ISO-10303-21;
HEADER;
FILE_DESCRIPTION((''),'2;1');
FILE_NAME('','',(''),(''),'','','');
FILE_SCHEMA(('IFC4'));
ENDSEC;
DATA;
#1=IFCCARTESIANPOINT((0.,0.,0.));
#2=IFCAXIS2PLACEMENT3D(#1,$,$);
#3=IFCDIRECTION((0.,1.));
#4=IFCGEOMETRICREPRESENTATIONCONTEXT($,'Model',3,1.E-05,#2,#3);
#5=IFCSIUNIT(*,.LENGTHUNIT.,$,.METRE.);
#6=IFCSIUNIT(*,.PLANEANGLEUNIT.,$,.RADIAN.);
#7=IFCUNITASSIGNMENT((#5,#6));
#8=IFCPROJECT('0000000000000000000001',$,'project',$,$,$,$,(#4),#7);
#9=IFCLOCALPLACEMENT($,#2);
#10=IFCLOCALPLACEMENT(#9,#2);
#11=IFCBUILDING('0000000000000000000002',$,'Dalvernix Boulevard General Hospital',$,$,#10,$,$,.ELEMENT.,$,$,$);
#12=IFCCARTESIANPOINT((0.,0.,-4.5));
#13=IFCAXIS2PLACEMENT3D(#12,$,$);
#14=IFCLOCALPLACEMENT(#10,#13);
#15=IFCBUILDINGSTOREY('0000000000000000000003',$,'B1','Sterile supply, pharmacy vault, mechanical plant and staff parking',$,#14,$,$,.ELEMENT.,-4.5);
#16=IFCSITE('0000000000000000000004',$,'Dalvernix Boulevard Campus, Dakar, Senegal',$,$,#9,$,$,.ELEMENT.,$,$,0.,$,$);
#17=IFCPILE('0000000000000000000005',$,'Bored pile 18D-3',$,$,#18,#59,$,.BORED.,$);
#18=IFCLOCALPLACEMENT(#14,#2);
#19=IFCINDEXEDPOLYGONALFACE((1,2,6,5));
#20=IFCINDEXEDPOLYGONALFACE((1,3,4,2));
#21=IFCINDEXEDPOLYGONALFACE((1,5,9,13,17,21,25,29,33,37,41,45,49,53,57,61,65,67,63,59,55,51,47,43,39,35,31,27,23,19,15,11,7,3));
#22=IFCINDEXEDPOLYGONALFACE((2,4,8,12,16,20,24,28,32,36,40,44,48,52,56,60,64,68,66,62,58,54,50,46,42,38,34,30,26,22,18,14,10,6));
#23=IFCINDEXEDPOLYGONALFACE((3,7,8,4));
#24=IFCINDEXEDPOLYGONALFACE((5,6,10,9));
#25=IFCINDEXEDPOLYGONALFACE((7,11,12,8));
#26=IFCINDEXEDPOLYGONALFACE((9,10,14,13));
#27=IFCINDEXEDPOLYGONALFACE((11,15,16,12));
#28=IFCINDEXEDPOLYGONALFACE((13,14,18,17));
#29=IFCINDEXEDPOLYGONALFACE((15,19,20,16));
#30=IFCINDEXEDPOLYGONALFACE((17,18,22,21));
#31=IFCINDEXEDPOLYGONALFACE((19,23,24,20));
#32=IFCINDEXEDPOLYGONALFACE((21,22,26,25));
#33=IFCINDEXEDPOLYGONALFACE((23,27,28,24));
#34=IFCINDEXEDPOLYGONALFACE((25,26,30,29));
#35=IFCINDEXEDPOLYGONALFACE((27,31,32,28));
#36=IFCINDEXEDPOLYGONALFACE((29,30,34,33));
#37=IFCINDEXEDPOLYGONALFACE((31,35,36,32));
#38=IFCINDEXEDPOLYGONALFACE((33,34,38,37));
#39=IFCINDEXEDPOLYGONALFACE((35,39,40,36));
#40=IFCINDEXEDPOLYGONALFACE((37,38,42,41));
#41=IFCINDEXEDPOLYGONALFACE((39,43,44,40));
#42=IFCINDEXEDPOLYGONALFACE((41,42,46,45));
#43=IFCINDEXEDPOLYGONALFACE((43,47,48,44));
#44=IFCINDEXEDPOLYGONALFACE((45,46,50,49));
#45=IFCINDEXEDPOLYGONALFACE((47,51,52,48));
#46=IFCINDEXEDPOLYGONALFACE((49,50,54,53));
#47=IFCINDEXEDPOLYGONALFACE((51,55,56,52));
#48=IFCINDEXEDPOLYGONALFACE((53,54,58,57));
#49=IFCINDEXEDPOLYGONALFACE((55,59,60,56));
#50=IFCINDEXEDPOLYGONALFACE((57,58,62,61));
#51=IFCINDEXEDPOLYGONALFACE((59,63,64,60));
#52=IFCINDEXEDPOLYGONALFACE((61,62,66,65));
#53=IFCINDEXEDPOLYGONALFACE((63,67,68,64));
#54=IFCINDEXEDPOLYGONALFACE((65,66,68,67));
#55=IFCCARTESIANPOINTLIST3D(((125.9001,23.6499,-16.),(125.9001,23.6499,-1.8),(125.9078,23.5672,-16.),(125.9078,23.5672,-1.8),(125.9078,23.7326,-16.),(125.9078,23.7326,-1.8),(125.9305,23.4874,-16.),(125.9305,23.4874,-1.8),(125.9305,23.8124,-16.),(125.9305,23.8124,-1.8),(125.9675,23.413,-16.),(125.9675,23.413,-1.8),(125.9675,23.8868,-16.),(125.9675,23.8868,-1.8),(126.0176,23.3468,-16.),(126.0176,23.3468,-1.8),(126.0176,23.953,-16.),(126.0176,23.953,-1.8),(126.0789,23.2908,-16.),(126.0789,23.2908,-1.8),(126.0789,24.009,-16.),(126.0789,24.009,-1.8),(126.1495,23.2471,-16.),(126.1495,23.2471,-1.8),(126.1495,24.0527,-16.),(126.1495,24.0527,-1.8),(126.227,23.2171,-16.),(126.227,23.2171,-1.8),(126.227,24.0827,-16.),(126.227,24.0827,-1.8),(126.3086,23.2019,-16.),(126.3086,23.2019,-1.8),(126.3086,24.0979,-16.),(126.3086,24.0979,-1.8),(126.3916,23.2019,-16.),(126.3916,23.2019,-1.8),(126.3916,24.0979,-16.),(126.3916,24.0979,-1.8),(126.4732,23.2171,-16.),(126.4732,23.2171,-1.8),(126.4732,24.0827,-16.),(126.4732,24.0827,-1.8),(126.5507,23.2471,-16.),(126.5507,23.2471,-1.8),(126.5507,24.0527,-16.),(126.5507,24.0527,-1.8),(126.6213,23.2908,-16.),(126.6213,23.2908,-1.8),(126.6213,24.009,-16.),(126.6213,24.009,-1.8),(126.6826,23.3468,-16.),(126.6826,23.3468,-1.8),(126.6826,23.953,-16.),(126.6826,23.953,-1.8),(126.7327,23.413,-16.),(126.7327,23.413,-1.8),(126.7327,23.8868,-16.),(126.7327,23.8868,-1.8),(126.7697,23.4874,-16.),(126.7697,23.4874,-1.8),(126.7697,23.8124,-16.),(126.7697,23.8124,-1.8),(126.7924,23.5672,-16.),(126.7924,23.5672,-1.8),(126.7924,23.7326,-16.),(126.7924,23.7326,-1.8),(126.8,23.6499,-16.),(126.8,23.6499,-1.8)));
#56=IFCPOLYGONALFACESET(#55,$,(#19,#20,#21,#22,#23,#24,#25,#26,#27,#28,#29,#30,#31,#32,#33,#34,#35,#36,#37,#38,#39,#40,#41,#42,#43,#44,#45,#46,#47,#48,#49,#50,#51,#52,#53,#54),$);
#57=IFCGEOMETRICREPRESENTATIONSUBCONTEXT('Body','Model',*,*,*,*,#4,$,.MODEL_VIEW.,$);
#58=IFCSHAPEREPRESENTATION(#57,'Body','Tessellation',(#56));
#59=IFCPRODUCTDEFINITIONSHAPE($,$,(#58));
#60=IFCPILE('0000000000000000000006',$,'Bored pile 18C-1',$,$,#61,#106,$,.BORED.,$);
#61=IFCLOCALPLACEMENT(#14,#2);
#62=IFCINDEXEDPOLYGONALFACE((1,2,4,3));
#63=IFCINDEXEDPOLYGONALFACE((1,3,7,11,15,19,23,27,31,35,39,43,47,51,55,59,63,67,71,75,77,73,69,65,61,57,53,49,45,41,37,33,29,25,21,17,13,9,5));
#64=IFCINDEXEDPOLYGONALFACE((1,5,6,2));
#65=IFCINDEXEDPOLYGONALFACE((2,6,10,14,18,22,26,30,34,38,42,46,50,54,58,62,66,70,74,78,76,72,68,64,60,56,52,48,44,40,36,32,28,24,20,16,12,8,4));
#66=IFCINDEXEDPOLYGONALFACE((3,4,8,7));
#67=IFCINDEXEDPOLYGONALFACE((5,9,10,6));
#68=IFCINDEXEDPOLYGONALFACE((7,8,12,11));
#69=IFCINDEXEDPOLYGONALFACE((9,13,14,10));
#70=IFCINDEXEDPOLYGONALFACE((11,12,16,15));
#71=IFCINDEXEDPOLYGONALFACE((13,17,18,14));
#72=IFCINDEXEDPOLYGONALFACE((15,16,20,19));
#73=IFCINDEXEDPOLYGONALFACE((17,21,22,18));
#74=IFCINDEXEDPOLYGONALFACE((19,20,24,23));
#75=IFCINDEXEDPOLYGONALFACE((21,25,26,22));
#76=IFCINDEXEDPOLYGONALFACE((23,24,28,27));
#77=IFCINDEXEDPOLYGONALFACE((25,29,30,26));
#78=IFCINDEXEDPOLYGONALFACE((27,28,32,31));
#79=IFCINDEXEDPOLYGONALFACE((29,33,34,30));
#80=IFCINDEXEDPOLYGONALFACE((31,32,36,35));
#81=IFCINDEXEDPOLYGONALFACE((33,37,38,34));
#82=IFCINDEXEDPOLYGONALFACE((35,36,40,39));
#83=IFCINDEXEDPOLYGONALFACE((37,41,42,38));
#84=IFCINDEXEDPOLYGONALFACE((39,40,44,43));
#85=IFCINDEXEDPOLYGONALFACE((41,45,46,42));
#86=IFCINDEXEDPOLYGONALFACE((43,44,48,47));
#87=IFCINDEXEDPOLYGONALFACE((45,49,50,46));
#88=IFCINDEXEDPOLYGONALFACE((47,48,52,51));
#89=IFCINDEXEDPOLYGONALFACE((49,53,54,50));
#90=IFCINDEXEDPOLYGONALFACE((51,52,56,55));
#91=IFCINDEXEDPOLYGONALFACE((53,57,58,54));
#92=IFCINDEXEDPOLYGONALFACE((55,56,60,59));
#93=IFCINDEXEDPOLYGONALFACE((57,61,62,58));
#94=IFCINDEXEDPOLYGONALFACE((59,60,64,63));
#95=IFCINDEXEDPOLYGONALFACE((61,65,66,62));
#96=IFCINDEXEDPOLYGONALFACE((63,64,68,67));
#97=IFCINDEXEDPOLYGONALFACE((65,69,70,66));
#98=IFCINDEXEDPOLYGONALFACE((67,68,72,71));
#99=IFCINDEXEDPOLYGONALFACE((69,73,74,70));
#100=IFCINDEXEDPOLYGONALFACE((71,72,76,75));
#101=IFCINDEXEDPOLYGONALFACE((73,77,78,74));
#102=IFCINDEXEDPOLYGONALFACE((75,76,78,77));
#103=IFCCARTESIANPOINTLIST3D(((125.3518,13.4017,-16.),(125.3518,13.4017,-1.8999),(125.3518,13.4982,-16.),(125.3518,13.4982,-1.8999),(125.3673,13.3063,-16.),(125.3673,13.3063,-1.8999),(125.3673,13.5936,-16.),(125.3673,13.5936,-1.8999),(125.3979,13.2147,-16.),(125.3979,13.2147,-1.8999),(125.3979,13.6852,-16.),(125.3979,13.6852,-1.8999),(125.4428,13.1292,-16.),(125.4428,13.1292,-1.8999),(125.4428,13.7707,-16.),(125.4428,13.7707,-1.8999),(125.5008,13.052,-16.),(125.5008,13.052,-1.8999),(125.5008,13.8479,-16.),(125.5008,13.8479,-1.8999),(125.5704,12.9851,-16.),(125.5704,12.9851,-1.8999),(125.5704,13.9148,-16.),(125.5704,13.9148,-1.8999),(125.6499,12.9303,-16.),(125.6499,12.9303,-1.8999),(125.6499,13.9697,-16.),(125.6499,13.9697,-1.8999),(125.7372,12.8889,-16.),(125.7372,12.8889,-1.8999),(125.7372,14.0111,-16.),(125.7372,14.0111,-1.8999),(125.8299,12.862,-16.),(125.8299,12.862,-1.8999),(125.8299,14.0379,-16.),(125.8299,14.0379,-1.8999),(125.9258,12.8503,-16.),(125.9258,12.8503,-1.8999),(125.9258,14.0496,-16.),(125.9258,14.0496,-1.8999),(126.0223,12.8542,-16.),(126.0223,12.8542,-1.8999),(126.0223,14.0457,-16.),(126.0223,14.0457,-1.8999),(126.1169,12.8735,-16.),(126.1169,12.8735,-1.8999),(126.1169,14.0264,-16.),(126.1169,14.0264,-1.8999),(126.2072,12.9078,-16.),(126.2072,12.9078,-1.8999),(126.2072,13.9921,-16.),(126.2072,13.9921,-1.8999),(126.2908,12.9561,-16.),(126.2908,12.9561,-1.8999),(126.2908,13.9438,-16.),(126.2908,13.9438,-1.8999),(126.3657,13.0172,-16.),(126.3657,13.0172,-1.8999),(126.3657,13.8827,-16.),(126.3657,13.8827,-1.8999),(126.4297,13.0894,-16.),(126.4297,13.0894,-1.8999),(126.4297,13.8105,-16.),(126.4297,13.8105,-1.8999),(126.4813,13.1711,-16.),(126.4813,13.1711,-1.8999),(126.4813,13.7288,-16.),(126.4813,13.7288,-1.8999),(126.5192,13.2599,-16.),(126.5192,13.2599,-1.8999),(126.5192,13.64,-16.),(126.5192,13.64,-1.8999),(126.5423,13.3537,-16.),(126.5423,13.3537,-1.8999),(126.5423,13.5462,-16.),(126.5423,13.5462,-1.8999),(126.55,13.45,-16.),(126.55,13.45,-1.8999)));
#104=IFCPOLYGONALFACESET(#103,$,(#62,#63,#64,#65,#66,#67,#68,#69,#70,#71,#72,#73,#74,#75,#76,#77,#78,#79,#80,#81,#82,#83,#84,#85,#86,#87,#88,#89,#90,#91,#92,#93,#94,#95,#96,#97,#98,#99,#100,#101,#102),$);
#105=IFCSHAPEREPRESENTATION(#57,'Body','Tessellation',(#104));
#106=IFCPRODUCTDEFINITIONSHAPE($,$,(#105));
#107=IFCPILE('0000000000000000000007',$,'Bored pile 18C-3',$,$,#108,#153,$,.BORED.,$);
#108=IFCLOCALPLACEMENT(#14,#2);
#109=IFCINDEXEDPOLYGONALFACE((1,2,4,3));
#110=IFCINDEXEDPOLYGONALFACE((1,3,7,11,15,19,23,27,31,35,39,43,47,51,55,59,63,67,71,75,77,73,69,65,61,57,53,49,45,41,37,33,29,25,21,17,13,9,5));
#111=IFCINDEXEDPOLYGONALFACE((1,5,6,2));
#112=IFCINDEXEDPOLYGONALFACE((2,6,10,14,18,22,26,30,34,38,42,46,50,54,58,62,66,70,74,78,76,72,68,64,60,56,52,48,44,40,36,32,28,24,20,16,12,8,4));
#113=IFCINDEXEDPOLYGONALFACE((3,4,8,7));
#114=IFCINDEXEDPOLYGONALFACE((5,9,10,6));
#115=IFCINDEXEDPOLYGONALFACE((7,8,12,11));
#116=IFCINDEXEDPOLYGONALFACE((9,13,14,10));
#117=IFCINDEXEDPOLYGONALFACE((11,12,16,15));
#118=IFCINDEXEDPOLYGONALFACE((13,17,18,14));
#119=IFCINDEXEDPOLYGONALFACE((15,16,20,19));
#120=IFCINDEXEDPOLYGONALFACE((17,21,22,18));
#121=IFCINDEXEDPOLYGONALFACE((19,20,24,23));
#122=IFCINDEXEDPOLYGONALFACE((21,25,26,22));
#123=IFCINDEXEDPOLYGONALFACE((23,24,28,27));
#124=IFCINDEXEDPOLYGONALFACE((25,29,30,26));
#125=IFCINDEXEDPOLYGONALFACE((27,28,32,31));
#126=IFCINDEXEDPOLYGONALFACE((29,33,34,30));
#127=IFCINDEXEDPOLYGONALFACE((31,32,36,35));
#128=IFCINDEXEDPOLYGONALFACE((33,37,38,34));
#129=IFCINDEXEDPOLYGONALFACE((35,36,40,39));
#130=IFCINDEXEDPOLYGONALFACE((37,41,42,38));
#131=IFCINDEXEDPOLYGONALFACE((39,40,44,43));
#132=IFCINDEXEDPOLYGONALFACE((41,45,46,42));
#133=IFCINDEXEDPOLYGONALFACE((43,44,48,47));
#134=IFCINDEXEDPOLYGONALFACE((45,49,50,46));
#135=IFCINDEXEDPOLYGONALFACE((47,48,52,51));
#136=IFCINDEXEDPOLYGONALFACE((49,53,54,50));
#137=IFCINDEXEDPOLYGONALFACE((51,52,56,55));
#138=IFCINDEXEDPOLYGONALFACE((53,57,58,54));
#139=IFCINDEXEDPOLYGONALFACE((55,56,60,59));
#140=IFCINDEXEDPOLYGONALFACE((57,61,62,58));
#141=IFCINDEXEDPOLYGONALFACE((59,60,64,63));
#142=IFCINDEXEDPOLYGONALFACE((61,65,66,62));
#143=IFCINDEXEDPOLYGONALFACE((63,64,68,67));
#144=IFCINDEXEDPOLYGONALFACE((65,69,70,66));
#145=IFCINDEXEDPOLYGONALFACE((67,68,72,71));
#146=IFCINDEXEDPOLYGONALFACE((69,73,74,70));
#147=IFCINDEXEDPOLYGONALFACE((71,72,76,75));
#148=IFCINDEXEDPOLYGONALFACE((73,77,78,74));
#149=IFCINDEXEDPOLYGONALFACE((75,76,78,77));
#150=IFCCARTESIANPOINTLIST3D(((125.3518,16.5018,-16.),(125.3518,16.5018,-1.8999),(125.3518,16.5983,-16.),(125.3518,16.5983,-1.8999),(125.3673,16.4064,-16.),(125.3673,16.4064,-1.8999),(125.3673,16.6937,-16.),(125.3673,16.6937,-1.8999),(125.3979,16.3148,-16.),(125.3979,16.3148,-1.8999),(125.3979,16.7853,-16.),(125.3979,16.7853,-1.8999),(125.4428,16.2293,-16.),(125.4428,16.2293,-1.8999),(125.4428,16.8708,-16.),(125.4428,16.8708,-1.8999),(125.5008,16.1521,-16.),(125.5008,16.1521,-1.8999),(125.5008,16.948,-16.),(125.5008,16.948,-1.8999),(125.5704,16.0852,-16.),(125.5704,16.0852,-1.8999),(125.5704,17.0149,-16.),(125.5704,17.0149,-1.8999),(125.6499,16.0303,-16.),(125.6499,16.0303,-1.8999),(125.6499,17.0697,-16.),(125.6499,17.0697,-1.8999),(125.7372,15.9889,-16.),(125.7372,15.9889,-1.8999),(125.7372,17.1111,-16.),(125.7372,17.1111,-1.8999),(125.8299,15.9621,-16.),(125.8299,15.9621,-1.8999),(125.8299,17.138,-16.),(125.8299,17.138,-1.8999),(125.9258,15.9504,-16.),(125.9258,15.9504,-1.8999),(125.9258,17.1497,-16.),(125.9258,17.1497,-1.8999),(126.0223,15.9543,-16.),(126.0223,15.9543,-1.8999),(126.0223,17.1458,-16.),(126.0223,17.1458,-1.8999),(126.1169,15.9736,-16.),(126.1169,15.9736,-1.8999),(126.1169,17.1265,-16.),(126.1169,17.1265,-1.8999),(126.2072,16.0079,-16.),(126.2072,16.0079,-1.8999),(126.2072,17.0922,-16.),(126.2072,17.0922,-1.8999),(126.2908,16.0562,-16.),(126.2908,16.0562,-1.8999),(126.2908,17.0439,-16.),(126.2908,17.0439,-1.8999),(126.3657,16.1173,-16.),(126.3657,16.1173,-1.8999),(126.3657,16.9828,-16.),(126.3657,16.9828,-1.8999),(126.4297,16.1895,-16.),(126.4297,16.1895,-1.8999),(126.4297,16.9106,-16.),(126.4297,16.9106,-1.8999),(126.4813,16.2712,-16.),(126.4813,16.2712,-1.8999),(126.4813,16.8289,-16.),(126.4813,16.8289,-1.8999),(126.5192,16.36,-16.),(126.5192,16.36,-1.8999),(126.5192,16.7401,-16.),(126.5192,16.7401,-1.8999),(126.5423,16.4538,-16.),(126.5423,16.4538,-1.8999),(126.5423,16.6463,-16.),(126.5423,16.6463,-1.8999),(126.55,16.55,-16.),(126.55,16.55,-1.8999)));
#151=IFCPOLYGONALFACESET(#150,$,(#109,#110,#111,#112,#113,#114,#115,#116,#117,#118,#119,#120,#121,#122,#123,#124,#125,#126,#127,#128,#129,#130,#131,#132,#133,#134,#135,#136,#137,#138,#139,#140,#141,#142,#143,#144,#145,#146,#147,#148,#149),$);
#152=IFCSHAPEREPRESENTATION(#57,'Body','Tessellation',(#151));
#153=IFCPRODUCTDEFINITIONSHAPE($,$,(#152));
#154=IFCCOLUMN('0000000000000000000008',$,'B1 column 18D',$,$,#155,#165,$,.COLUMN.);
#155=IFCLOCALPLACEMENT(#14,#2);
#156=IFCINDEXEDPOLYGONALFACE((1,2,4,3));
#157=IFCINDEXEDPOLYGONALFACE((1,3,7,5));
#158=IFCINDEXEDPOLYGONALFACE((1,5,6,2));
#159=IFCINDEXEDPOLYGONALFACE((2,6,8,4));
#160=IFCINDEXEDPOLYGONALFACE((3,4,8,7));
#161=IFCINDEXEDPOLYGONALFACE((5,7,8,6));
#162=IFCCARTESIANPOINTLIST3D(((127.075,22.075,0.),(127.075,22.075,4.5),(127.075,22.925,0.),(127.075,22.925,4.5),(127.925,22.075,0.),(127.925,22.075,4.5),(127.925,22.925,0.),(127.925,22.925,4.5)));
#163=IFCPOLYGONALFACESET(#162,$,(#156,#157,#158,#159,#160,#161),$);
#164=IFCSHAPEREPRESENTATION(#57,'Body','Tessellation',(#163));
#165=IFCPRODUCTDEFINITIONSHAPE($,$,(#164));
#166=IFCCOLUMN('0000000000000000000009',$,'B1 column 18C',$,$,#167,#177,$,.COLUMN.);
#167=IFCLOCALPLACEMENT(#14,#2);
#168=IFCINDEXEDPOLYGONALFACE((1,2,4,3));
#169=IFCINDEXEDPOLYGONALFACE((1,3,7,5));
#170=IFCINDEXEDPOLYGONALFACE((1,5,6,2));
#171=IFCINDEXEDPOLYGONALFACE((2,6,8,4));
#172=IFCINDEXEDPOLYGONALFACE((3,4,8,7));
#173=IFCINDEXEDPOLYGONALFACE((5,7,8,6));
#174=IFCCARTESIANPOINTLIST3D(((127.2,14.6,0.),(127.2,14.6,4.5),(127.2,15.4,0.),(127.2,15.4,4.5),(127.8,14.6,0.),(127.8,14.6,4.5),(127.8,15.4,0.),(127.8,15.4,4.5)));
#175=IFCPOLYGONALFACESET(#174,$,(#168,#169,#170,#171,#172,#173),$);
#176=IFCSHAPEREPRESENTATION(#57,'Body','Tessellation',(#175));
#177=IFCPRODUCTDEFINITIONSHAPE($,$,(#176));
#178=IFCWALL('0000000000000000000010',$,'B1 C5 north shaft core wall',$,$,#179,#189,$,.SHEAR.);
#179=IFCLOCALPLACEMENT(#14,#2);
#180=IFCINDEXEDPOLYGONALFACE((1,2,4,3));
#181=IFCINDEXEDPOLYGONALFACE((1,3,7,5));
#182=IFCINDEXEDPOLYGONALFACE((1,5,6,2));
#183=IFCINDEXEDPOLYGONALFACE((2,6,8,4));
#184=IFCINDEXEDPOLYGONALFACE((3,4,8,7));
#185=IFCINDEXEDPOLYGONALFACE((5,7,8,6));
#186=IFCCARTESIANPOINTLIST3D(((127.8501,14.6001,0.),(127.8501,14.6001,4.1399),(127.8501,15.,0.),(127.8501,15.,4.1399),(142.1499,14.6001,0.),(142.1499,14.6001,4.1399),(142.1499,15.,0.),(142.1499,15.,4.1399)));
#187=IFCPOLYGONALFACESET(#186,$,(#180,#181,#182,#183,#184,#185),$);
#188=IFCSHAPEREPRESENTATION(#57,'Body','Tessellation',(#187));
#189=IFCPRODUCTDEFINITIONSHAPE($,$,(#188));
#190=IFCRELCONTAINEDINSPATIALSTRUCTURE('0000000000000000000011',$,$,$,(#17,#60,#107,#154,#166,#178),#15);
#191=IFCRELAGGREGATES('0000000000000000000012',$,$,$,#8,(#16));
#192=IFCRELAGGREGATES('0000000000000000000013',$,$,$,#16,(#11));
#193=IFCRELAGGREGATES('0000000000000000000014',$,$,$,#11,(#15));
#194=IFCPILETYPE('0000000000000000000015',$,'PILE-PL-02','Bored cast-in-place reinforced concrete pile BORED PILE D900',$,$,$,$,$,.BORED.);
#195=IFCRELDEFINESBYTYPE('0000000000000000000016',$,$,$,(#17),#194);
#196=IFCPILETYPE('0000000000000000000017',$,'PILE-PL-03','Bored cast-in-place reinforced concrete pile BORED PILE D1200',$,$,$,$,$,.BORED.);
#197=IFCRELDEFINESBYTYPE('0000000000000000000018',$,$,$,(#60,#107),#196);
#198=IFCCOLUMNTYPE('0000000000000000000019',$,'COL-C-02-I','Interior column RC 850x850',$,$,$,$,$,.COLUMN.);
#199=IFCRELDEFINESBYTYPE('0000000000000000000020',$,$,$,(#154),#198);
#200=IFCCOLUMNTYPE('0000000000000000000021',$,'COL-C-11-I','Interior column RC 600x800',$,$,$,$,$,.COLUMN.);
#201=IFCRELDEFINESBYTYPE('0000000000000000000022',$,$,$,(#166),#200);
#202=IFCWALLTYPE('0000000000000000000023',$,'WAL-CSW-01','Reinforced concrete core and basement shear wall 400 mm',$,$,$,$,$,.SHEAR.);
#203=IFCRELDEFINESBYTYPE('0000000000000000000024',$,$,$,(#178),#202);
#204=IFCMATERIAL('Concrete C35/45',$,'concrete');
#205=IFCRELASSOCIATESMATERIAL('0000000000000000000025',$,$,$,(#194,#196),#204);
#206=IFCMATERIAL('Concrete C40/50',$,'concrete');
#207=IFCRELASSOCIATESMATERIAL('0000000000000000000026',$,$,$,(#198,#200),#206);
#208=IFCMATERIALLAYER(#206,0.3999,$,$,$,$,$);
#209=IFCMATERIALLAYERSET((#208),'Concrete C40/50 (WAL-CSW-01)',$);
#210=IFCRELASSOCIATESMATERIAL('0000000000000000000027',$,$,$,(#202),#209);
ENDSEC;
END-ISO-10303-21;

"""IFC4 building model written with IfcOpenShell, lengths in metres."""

from ifc_helpers import new_model, si_unit, direction, frame, frame_2d, origin, origin_2d, place, context, subcontext, project, spatial, rectangle, circle, extrude, material, layer, layer_set, material_profile, profile_set, type_object, element, save


model = new_model("IFC4")

# Units and contexts
model_context = context("Model", 3, precision=1e-05, world=origin(), true_north=direction((0.0, 1.0)))
body_context = subcontext(model_context, "Body", "Model", "MODEL_VIEW")
ifc_project = project(units=[si_unit("LENGTHUNIT", "METRE"), si_unit("PLANEANGLEUNIT", "RADIAN")], contexts=[model_context])

# Site, building, storey
site_placement = place(None, origin())
site = spatial("IfcSite", under=ifc_project, at=site_placement, Name="Dalvernix Boulevard Campus, Dakar, Senegal", CompositionType="ELEMENT", RefElevation=0.0)
building_placement = place(site_placement, origin())
building = spatial("IfcBuilding", under=site, at=building_placement, Name="Dalvernix Boulevard General Hospital", CompositionType="ELEMENT")
storey_placement = place(building_placement, frame((0.0, 0.0, -4.5)))
storey = spatial("IfcBuildingStorey", under=building, at=storey_placement, Name="B1", Description="Sterile supply, pharmacy vault, mechanical plant and staff parking", CompositionType="ELEMENT", Elevation=-4.5)

# Shared definitions
ifc_material_1 = material(Name="Concrete C35/45", Category="concrete")
ifc_material_2 = material(Name="Concrete C40/50", Category="concrete")

# Piles
ifc_material_profile_1 = material_profile(ifc_material_1, circle(Radius=0.45, at=origin_2d()), Name="BORED PILE D900")
ifc_profile_set_1 = profile_set([ifc_material_profile_1], Name="Concrete C35/45")
pile_type_1 = type_object("IfcPileType", Name="PILE-PL-02", Description="Bored cast-in-place reinforced concrete pile BORED PILE D900", PredefinedType="BORED", material=ifc_profile_set_1)
for number, where, z_axis, x_axis, name in (
    (1, (126.3501, 23.6499, -1.8), (0.0, 0.0, -1.0), (1.0, 0.0, 0.0), "Bored pile 18D-3"),
):
    element("IfcPile", number, at=place(storey_placement, frame(where, z_axis=z_axis, x_axis=x_axis)), inside=storey, type_object=pile_type_1, Name=name, PredefinedType="BORED", context=body_context, shape_type="SweptSolid", body=[
        extrude(circle(Radius=0.45, at=origin_2d()), origin(), (0.0, 0.0, 1.0), 14.2),
    ])
ifc_material_profile_2 = material_profile(ifc_material_1, circle(Radius=0.6001, at=origin_2d()), Name="BORED PILE D1200")
ifc_profile_set_2 = profile_set([ifc_material_profile_2], Name="Concrete C35/45")
pile_type_2 = type_object("IfcPileType", Name="PILE-PL-03", Description="Bored cast-in-place reinforced concrete pile BORED PILE D1200", PredefinedType="BORED", material=ifc_profile_set_2)
for number, where, z_axis, x_axis, name in (
    (2, (125.95, 13.45, -1.8999), (0.0, 0.0, -1.0), (1.0, 0.0, 0.0), "Bored pile 18C-1"),
    (3, (125.95, 16.55, -1.8999), (0.0, 0.0, -1.0), (1.0, 0.0, 0.0), "Bored pile 18C-3"),
):
    element("IfcPile", number, at=place(storey_placement, frame(where, z_axis=z_axis, x_axis=x_axis)), inside=storey, type_object=pile_type_2, Name=name, PredefinedType="BORED", context=body_context, shape_type="SweptSolid", body=[
        extrude(circle(Radius=0.6001, at=origin_2d()), origin(), (0.0, 0.0, 1.0), 14.1001),
    ])

# Columns
ifc_material_profile_3 = material_profile(ifc_material_2, rectangle(XDim=0.8501, YDim=0.8501, at=origin_2d()), Name="RC 850x850")
ifc_profile_set_3 = profile_set([ifc_material_profile_3], Name="Concrete C40/50")
column_type_1 = type_object("IfcColumnType", Name="COL-C-02-I", Description="Interior column RC 850x850", PredefinedType="COLUMN", material=ifc_profile_set_3)
column_1_placement = place(storey_placement, frame((127.5, 22.5, 0.0), z_axis=(0.0, 0.0, 1.0), x_axis=(1.0, 0.0, 0.0)))
element("IfcColumn", 4, at=column_1_placement, inside=storey, type_object=column_type_1, Name="B1 column 18D", PredefinedType="COLUMN", context=body_context, shape_type="SweptSolid", body=[
    extrude(rectangle(XDim=0.8501, YDim=0.8501, at=origin_2d()), origin(), (0.0, 0.0, 1.0), 4.5),
])
ifc_material_profile_4 = material_profile(ifc_material_2, rectangle(XDim=0.6001, YDim=0.8, at=origin_2d()), Name="RC 600x800")
ifc_profile_set_4 = profile_set([ifc_material_profile_4], Name="Concrete C40/50")
column_type_2 = type_object("IfcColumnType", Name="COL-C-11-I", Description="Interior column RC 600x800", PredefinedType="COLUMN", material=ifc_profile_set_4)
column_2_placement = place(storey_placement, frame((127.5, 15.0, 0.0), z_axis=(0.0, 0.0, 1.0), x_axis=(1.0, 0.0, 0.0)))
element("IfcColumn", 5, at=column_2_placement, inside=storey, type_object=column_type_2, Name="B1 column 18C", PredefinedType="COLUMN", context=body_context, shape_type="SweptSolid", body=[
    extrude(rectangle(XDim=0.6001, YDim=0.8, at=origin_2d()), origin(), (0.0, 0.0, 1.0), 4.5),
])

# Wall
ifc_layer_1 = layer(ifc_material_2, 0.3999)
ifc_layer_set_1 = layer_set([ifc_layer_1], Name="Concrete C40/50 (WAL-CSW-01)")
wall_type_1 = type_object("IfcWallType", Name="WAL-CSW-01", Description="Reinforced concrete core and basement shear wall 400 mm", PredefinedType="SHEAR", material=ifc_layer_set_1)
wall_1_placement = place(storey_placement, frame((127.8501, 14.8, 0.0), z_axis=(0.0, 0.0, 1.0), x_axis=(1.0, 0.0, 0.0)))
element("IfcWall", 6, at=wall_1_placement, inside=storey, type_object=wall_type_1, Name="B1 C5 north shaft core wall", PredefinedType="SHEAR", context=body_context, shape_type="SweptSolid", body=[
    extrude(rectangle(XDim=14.2998, YDim=0.3999, at=frame_2d((7.1499, 0.0))), origin(), (0.0, 0.0, 1.0), 4.1399),
])

save(model, "model.ifc")
